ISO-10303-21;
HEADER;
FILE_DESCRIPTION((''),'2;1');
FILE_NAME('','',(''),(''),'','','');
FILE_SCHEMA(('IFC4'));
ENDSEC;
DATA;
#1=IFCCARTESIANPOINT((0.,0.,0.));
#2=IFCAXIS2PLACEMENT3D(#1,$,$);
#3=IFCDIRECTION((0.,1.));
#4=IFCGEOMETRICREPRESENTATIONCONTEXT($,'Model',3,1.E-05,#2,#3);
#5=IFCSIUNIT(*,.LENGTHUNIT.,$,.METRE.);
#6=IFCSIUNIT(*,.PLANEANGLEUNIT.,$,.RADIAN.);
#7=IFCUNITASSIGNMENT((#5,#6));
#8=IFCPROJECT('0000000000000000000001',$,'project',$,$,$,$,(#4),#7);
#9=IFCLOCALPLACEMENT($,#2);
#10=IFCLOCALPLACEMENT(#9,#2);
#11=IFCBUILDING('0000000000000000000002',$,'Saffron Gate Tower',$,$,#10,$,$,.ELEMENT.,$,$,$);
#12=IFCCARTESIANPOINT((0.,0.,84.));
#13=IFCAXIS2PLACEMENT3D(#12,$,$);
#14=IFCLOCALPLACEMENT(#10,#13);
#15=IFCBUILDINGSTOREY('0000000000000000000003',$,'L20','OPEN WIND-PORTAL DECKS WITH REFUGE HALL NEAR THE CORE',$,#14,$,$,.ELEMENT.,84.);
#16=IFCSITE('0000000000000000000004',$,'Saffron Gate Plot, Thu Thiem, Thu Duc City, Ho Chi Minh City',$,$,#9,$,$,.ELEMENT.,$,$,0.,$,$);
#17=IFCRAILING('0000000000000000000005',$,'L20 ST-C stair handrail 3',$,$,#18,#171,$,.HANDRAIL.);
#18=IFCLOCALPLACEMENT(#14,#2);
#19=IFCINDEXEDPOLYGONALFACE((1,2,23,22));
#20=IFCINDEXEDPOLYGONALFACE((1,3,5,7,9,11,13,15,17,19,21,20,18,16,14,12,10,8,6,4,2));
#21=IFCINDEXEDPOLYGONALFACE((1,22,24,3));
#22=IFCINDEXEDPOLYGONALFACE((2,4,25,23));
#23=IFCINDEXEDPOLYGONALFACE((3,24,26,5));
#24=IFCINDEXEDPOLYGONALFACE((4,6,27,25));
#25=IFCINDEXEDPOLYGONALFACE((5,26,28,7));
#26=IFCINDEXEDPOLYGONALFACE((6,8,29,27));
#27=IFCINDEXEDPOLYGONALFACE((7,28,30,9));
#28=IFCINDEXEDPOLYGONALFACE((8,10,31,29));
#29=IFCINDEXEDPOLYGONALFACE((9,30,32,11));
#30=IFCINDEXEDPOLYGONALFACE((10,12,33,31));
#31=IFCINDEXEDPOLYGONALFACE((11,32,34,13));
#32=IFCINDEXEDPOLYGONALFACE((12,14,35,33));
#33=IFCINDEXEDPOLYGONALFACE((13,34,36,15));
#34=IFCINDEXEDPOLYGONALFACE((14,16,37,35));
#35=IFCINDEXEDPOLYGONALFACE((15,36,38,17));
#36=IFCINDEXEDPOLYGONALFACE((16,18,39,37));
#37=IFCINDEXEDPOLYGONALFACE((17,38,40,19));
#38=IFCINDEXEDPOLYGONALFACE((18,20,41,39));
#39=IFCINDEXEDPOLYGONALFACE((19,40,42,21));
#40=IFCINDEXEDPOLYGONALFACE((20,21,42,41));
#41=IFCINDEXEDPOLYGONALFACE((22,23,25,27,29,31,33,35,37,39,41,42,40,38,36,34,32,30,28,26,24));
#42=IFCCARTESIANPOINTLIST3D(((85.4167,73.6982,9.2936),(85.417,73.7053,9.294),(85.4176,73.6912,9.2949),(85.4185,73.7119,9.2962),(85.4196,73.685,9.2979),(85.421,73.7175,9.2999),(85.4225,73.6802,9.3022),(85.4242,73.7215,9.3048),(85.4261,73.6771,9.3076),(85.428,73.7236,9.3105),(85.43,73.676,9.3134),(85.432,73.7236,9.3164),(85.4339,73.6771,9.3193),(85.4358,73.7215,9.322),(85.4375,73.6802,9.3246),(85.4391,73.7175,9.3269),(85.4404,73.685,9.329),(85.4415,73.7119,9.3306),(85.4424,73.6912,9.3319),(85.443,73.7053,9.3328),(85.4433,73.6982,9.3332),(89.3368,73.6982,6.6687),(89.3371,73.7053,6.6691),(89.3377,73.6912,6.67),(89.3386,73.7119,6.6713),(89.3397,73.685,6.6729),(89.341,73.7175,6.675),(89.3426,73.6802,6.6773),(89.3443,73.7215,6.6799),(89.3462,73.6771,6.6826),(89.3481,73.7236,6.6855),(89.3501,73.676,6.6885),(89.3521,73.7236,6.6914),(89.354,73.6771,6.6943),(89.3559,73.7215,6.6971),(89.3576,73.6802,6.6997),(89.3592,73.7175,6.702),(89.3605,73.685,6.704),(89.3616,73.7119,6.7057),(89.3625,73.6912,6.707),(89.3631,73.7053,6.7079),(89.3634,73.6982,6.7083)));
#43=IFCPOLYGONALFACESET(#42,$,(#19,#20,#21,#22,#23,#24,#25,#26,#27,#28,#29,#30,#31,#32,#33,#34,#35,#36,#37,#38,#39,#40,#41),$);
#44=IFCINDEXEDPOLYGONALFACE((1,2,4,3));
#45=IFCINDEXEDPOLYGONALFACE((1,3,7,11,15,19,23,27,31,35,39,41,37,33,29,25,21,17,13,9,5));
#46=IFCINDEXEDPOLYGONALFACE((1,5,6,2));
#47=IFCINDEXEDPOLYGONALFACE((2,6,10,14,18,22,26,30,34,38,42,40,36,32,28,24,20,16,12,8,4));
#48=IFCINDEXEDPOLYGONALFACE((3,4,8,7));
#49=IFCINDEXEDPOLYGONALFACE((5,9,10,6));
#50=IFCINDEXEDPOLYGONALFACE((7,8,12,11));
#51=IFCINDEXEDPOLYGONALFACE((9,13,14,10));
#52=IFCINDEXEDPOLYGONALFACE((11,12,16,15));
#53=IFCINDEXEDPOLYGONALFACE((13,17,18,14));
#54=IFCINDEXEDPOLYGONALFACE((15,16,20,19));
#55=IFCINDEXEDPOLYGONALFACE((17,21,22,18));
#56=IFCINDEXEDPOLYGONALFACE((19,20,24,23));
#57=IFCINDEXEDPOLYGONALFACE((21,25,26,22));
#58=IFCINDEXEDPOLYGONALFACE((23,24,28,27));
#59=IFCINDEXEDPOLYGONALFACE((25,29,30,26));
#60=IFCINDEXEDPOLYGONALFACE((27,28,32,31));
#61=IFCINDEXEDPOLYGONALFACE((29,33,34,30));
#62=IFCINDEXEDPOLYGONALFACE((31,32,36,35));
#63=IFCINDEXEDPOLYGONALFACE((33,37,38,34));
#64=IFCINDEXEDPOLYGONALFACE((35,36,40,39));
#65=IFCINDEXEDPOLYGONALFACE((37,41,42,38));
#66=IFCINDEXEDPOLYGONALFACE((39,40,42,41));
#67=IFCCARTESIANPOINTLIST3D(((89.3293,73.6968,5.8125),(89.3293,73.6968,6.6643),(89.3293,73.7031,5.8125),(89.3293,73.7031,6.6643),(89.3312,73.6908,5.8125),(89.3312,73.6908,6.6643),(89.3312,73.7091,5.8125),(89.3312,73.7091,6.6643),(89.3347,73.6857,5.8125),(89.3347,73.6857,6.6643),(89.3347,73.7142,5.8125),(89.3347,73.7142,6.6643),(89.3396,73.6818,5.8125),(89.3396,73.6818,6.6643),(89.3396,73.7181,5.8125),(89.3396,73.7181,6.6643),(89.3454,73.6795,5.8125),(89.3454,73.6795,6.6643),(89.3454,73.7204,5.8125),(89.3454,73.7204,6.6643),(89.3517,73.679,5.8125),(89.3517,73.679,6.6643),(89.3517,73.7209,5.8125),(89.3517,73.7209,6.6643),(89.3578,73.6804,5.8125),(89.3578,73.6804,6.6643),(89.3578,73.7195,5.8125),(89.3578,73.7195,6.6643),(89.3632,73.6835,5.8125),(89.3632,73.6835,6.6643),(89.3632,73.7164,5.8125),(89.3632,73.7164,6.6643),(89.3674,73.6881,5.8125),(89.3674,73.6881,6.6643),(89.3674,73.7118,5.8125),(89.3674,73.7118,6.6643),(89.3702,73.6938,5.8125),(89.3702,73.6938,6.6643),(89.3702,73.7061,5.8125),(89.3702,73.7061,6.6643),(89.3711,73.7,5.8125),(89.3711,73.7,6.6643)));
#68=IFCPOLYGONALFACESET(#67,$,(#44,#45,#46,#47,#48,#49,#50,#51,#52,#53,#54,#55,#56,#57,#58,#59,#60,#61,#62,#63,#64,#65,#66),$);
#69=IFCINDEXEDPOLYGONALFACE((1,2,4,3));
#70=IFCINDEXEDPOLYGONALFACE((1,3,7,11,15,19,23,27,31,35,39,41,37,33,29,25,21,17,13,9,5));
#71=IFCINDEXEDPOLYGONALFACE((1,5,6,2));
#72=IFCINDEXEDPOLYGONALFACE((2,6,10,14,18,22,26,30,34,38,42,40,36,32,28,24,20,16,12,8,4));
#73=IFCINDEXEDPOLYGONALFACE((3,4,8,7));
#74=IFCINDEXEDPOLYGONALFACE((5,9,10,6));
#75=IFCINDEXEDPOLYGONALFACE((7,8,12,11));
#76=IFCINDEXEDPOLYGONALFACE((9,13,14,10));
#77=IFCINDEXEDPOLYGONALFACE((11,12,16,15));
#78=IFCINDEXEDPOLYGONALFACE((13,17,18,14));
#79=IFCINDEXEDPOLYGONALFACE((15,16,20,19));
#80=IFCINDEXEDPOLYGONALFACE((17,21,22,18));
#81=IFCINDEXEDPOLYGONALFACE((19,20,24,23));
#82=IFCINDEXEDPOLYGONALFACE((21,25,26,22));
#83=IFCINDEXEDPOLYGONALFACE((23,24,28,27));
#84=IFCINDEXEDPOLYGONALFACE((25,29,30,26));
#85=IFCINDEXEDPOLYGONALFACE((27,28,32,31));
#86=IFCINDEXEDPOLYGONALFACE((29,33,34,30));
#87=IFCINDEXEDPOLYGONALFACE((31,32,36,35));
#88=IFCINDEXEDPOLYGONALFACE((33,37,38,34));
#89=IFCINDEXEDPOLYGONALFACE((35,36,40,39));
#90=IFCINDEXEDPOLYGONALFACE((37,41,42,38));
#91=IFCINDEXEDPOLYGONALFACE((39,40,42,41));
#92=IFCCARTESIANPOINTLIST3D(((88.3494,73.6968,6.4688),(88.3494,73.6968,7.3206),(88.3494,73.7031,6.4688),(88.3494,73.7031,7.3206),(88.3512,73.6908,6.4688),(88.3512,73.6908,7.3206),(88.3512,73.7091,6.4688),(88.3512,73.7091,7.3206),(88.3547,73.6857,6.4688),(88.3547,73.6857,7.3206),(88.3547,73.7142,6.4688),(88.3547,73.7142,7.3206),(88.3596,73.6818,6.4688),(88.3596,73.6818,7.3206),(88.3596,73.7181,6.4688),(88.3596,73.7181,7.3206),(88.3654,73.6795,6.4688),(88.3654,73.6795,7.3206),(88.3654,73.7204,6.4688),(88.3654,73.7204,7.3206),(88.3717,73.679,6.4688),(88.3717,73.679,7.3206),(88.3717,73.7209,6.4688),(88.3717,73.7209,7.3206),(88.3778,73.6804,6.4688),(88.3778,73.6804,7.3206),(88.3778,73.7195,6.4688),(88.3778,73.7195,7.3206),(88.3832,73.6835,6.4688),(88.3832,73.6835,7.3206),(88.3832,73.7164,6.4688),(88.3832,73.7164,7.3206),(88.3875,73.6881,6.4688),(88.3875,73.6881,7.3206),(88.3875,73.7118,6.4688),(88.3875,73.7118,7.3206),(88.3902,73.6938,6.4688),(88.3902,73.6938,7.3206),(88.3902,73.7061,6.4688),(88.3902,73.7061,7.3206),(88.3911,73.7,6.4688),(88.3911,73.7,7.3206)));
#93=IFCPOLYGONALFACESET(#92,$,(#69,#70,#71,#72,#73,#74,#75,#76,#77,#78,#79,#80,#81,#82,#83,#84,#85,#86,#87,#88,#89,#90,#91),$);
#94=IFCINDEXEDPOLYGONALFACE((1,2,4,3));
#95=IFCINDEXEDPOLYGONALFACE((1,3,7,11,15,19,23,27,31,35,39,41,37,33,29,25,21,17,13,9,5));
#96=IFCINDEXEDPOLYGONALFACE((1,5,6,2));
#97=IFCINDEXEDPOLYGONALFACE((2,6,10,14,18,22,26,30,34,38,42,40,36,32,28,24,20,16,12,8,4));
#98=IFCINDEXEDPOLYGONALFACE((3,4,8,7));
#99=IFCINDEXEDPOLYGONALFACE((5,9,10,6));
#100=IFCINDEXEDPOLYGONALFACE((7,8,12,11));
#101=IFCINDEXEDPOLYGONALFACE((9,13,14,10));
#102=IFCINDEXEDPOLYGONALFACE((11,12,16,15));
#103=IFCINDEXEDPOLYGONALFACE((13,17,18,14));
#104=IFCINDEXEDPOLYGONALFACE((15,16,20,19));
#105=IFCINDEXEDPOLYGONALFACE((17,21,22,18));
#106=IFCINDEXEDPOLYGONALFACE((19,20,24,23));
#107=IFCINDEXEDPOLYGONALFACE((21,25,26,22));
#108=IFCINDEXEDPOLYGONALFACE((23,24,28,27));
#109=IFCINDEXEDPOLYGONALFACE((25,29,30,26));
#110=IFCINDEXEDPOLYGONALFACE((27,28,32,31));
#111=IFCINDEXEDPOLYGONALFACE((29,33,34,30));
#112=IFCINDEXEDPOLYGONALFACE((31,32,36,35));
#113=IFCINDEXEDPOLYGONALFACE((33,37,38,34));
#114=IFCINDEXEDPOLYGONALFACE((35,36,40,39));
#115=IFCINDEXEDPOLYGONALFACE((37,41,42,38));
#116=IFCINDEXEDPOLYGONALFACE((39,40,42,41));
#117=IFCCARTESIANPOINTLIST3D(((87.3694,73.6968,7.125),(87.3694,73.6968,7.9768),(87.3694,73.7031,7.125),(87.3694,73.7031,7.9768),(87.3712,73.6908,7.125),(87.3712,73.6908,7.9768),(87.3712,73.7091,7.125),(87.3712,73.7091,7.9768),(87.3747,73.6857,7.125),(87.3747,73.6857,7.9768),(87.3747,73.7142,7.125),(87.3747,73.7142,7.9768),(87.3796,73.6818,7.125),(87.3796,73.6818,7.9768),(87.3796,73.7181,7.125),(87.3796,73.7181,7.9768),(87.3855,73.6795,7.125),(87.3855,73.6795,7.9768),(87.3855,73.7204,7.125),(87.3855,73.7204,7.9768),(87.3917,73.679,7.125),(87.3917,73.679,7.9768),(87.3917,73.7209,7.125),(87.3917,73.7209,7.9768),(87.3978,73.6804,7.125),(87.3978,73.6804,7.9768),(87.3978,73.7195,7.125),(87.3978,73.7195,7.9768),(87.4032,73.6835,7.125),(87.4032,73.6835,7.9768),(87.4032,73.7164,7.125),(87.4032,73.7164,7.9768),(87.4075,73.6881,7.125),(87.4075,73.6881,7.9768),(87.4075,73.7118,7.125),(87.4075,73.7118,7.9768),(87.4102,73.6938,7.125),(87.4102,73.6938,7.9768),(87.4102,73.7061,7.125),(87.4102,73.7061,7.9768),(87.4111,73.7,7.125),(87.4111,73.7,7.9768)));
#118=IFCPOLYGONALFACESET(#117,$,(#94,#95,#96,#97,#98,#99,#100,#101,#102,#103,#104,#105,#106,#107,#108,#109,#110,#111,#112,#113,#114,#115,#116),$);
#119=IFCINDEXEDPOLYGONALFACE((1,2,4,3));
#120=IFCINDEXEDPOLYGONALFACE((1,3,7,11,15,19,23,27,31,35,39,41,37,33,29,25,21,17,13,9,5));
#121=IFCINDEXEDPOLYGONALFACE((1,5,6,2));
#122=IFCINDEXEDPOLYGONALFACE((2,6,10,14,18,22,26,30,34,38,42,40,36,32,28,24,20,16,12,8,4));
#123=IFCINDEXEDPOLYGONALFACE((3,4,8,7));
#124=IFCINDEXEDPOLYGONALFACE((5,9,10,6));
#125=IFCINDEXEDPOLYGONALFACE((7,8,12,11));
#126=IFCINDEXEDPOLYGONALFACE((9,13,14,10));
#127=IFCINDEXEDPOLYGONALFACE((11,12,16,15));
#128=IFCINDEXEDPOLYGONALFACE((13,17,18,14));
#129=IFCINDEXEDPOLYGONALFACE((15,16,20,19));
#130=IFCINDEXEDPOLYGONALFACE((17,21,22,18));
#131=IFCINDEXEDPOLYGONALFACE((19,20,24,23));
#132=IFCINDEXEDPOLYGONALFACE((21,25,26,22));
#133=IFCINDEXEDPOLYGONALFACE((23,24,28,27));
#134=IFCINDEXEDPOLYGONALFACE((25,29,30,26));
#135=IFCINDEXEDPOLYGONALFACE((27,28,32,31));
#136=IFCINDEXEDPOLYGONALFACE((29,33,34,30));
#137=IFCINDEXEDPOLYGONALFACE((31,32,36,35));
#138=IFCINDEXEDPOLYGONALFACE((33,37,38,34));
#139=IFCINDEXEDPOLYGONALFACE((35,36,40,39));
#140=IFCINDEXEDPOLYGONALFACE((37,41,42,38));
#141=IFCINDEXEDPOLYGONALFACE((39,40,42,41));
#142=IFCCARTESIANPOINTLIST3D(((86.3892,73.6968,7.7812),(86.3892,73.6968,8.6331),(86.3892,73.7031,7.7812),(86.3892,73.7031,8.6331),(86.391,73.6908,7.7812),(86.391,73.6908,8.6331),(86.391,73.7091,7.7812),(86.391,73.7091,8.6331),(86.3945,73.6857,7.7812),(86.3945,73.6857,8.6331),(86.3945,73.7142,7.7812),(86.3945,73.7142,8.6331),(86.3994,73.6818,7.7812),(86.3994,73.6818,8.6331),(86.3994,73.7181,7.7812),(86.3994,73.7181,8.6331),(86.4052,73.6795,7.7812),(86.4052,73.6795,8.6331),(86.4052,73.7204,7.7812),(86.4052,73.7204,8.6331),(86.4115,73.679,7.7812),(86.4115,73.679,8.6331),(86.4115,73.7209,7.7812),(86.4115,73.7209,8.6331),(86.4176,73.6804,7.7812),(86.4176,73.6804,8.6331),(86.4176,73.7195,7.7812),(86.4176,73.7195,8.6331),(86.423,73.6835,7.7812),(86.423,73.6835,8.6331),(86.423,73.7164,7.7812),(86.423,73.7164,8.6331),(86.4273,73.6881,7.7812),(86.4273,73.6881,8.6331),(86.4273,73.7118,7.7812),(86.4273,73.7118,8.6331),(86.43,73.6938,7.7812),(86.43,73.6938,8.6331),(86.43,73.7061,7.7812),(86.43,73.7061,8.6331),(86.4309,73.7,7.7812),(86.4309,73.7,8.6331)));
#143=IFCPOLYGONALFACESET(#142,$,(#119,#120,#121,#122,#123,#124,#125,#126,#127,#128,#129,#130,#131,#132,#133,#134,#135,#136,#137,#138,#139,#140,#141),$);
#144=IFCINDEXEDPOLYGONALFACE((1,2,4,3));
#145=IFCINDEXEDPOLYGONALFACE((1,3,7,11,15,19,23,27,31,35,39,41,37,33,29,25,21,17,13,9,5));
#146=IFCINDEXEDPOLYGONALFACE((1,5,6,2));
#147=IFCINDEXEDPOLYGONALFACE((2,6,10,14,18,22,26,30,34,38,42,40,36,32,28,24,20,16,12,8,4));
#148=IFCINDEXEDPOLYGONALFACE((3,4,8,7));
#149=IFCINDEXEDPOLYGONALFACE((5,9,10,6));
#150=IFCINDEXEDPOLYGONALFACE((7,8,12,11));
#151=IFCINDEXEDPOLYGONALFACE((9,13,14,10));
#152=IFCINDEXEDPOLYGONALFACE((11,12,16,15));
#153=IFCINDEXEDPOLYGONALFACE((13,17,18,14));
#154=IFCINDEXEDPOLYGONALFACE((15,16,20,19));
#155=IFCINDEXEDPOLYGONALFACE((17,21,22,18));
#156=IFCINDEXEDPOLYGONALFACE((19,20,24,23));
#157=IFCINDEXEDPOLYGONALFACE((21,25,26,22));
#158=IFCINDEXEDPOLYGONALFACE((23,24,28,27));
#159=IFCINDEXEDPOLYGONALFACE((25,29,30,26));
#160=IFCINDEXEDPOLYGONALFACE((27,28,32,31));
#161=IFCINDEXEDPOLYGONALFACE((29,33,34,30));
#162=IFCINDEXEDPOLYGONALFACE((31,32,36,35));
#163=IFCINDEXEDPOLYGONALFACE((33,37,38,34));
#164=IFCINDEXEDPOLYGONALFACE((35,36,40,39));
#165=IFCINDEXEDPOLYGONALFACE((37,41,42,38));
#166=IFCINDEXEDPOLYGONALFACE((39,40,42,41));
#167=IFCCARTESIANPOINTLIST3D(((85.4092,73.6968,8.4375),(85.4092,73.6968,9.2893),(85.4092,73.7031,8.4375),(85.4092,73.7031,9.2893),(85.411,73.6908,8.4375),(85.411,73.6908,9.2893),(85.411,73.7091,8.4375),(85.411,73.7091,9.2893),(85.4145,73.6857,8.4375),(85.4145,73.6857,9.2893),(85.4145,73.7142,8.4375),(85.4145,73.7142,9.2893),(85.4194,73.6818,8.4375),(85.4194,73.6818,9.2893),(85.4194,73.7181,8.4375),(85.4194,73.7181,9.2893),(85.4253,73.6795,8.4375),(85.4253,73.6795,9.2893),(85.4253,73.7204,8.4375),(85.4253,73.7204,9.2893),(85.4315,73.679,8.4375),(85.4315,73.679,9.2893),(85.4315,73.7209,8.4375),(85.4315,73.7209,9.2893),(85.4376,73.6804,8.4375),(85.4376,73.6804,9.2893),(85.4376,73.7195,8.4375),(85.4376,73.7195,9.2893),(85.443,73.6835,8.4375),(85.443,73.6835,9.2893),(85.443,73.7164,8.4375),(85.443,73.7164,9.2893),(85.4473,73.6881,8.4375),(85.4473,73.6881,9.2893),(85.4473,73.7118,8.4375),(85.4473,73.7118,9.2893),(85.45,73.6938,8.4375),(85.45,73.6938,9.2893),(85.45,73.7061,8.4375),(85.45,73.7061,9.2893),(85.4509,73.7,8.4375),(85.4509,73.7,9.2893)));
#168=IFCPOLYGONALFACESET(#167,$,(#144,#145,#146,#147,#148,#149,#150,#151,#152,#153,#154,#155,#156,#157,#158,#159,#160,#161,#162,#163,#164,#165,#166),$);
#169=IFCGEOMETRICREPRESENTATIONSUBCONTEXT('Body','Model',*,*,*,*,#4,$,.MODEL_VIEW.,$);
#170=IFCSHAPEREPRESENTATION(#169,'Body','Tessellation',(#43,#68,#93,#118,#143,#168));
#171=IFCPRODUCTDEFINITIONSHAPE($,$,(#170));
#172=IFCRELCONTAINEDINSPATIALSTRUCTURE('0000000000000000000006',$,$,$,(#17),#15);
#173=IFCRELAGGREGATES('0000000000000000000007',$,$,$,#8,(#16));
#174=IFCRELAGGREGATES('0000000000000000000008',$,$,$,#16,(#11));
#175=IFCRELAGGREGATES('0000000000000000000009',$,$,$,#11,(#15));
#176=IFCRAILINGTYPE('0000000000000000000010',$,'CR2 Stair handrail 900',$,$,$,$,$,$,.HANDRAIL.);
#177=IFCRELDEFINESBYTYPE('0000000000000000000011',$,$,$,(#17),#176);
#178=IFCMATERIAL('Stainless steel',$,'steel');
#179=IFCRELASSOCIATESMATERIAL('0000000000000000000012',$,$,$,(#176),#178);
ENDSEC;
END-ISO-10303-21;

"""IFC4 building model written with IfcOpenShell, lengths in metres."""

from ifc_helpers import new_model, si_unit, direction, frame, origin, origin_2d, place, context, subcontext, project, spatial, circle, extrude, material, type_object, element, save


model = new_model("IFC4")

# Units and contexts
model_context = context("Model", 3, precision=1e-05, world=origin(), true_north=direction((0.0, 1.0)))
body_context = subcontext(model_context, "Body", "Model", "MODEL_VIEW")
ifc_project = project(units=[si_unit("LENGTHUNIT", "METRE"), si_unit("PLANEANGLEUNIT", "RADIAN")], contexts=[model_context])

# Site, building, storey
site_placement = place(None, origin())
site = spatial("IfcSite", under=ifc_project, at=site_placement, Name="Saffron Gate Plot, Thu Thiem, Thu Duc City, Ho Chi Minh City", CompositionType="ELEMENT", RefElevation=0.0)
building_placement = place(site_placement, origin())
building = spatial("IfcBuilding", under=site, at=building_placement, Name="Saffron Gate Tower", CompositionType="ELEMENT")
storey_placement = place(building_placement, frame((0.0, 0.0, 84.0)))
storey = spatial("IfcBuildingStorey", under=building, at=storey_placement, Name="L20", Description="OPEN WIND-PORTAL DECKS WITH REFUGE HALL NEAR THE CORE", CompositionType="ELEMENT", Elevation=84.0)

# Railing
ifc_material_1 = material(Name="Stainless steel", Category="steel")
railing_type_1 = type_object("IfcRailingType", Name="CR2 Stair handrail 900", PredefinedType="HANDRAIL", material=ifc_material_1)
railing_1_placement = place(storey_placement, frame((89.3501, 73.7, 5.8125)))
element("IfcRailing", 1, at=railing_1_placement, inside=storey, type_object=railing_type_1, Name="L20 ST-C stair handrail 3", PredefinedType="HANDRAIL", context=body_context, shape_type="SweptSolid", body=[
    extrude(circle(Radius=0.0239, at=origin_2d()), frame((0.0, 0.0, 0.876), z_axis=(-0.830918, 0.0, 0.556395), x_axis=(0.0, -1.0, 0.0)), (0.0, 0.0, 1.0), 4.7178),
    extrude(circle(Radius=0.021, at=origin_2d()), origin(), (0.0, 0.0, 1.0), 0.8518),
    extrude(circle(Radius=0.021, at=origin_2d()), frame((-0.98, 0.0, 0.6562)), (0.0, 0.0, 1.0), 0.8518),
    extrude(circle(Radius=0.021, at=origin_2d()), frame((-1.96, 0.0, 1.3125)), (0.0, 0.0, 1.0), 0.8518),
    extrude(circle(Radius=0.021, at=origin_2d()), frame((-2.9402, 0.0, 1.9688)), (0.0, 0.0, 1.0), 0.8518),
    extrude(circle(Radius=0.021, at=origin_2d()), frame((-3.9202, 0.0, 2.625)), (0.0, 0.0, 1.0), 0.8518),
])

save(model, "model.ifc")
